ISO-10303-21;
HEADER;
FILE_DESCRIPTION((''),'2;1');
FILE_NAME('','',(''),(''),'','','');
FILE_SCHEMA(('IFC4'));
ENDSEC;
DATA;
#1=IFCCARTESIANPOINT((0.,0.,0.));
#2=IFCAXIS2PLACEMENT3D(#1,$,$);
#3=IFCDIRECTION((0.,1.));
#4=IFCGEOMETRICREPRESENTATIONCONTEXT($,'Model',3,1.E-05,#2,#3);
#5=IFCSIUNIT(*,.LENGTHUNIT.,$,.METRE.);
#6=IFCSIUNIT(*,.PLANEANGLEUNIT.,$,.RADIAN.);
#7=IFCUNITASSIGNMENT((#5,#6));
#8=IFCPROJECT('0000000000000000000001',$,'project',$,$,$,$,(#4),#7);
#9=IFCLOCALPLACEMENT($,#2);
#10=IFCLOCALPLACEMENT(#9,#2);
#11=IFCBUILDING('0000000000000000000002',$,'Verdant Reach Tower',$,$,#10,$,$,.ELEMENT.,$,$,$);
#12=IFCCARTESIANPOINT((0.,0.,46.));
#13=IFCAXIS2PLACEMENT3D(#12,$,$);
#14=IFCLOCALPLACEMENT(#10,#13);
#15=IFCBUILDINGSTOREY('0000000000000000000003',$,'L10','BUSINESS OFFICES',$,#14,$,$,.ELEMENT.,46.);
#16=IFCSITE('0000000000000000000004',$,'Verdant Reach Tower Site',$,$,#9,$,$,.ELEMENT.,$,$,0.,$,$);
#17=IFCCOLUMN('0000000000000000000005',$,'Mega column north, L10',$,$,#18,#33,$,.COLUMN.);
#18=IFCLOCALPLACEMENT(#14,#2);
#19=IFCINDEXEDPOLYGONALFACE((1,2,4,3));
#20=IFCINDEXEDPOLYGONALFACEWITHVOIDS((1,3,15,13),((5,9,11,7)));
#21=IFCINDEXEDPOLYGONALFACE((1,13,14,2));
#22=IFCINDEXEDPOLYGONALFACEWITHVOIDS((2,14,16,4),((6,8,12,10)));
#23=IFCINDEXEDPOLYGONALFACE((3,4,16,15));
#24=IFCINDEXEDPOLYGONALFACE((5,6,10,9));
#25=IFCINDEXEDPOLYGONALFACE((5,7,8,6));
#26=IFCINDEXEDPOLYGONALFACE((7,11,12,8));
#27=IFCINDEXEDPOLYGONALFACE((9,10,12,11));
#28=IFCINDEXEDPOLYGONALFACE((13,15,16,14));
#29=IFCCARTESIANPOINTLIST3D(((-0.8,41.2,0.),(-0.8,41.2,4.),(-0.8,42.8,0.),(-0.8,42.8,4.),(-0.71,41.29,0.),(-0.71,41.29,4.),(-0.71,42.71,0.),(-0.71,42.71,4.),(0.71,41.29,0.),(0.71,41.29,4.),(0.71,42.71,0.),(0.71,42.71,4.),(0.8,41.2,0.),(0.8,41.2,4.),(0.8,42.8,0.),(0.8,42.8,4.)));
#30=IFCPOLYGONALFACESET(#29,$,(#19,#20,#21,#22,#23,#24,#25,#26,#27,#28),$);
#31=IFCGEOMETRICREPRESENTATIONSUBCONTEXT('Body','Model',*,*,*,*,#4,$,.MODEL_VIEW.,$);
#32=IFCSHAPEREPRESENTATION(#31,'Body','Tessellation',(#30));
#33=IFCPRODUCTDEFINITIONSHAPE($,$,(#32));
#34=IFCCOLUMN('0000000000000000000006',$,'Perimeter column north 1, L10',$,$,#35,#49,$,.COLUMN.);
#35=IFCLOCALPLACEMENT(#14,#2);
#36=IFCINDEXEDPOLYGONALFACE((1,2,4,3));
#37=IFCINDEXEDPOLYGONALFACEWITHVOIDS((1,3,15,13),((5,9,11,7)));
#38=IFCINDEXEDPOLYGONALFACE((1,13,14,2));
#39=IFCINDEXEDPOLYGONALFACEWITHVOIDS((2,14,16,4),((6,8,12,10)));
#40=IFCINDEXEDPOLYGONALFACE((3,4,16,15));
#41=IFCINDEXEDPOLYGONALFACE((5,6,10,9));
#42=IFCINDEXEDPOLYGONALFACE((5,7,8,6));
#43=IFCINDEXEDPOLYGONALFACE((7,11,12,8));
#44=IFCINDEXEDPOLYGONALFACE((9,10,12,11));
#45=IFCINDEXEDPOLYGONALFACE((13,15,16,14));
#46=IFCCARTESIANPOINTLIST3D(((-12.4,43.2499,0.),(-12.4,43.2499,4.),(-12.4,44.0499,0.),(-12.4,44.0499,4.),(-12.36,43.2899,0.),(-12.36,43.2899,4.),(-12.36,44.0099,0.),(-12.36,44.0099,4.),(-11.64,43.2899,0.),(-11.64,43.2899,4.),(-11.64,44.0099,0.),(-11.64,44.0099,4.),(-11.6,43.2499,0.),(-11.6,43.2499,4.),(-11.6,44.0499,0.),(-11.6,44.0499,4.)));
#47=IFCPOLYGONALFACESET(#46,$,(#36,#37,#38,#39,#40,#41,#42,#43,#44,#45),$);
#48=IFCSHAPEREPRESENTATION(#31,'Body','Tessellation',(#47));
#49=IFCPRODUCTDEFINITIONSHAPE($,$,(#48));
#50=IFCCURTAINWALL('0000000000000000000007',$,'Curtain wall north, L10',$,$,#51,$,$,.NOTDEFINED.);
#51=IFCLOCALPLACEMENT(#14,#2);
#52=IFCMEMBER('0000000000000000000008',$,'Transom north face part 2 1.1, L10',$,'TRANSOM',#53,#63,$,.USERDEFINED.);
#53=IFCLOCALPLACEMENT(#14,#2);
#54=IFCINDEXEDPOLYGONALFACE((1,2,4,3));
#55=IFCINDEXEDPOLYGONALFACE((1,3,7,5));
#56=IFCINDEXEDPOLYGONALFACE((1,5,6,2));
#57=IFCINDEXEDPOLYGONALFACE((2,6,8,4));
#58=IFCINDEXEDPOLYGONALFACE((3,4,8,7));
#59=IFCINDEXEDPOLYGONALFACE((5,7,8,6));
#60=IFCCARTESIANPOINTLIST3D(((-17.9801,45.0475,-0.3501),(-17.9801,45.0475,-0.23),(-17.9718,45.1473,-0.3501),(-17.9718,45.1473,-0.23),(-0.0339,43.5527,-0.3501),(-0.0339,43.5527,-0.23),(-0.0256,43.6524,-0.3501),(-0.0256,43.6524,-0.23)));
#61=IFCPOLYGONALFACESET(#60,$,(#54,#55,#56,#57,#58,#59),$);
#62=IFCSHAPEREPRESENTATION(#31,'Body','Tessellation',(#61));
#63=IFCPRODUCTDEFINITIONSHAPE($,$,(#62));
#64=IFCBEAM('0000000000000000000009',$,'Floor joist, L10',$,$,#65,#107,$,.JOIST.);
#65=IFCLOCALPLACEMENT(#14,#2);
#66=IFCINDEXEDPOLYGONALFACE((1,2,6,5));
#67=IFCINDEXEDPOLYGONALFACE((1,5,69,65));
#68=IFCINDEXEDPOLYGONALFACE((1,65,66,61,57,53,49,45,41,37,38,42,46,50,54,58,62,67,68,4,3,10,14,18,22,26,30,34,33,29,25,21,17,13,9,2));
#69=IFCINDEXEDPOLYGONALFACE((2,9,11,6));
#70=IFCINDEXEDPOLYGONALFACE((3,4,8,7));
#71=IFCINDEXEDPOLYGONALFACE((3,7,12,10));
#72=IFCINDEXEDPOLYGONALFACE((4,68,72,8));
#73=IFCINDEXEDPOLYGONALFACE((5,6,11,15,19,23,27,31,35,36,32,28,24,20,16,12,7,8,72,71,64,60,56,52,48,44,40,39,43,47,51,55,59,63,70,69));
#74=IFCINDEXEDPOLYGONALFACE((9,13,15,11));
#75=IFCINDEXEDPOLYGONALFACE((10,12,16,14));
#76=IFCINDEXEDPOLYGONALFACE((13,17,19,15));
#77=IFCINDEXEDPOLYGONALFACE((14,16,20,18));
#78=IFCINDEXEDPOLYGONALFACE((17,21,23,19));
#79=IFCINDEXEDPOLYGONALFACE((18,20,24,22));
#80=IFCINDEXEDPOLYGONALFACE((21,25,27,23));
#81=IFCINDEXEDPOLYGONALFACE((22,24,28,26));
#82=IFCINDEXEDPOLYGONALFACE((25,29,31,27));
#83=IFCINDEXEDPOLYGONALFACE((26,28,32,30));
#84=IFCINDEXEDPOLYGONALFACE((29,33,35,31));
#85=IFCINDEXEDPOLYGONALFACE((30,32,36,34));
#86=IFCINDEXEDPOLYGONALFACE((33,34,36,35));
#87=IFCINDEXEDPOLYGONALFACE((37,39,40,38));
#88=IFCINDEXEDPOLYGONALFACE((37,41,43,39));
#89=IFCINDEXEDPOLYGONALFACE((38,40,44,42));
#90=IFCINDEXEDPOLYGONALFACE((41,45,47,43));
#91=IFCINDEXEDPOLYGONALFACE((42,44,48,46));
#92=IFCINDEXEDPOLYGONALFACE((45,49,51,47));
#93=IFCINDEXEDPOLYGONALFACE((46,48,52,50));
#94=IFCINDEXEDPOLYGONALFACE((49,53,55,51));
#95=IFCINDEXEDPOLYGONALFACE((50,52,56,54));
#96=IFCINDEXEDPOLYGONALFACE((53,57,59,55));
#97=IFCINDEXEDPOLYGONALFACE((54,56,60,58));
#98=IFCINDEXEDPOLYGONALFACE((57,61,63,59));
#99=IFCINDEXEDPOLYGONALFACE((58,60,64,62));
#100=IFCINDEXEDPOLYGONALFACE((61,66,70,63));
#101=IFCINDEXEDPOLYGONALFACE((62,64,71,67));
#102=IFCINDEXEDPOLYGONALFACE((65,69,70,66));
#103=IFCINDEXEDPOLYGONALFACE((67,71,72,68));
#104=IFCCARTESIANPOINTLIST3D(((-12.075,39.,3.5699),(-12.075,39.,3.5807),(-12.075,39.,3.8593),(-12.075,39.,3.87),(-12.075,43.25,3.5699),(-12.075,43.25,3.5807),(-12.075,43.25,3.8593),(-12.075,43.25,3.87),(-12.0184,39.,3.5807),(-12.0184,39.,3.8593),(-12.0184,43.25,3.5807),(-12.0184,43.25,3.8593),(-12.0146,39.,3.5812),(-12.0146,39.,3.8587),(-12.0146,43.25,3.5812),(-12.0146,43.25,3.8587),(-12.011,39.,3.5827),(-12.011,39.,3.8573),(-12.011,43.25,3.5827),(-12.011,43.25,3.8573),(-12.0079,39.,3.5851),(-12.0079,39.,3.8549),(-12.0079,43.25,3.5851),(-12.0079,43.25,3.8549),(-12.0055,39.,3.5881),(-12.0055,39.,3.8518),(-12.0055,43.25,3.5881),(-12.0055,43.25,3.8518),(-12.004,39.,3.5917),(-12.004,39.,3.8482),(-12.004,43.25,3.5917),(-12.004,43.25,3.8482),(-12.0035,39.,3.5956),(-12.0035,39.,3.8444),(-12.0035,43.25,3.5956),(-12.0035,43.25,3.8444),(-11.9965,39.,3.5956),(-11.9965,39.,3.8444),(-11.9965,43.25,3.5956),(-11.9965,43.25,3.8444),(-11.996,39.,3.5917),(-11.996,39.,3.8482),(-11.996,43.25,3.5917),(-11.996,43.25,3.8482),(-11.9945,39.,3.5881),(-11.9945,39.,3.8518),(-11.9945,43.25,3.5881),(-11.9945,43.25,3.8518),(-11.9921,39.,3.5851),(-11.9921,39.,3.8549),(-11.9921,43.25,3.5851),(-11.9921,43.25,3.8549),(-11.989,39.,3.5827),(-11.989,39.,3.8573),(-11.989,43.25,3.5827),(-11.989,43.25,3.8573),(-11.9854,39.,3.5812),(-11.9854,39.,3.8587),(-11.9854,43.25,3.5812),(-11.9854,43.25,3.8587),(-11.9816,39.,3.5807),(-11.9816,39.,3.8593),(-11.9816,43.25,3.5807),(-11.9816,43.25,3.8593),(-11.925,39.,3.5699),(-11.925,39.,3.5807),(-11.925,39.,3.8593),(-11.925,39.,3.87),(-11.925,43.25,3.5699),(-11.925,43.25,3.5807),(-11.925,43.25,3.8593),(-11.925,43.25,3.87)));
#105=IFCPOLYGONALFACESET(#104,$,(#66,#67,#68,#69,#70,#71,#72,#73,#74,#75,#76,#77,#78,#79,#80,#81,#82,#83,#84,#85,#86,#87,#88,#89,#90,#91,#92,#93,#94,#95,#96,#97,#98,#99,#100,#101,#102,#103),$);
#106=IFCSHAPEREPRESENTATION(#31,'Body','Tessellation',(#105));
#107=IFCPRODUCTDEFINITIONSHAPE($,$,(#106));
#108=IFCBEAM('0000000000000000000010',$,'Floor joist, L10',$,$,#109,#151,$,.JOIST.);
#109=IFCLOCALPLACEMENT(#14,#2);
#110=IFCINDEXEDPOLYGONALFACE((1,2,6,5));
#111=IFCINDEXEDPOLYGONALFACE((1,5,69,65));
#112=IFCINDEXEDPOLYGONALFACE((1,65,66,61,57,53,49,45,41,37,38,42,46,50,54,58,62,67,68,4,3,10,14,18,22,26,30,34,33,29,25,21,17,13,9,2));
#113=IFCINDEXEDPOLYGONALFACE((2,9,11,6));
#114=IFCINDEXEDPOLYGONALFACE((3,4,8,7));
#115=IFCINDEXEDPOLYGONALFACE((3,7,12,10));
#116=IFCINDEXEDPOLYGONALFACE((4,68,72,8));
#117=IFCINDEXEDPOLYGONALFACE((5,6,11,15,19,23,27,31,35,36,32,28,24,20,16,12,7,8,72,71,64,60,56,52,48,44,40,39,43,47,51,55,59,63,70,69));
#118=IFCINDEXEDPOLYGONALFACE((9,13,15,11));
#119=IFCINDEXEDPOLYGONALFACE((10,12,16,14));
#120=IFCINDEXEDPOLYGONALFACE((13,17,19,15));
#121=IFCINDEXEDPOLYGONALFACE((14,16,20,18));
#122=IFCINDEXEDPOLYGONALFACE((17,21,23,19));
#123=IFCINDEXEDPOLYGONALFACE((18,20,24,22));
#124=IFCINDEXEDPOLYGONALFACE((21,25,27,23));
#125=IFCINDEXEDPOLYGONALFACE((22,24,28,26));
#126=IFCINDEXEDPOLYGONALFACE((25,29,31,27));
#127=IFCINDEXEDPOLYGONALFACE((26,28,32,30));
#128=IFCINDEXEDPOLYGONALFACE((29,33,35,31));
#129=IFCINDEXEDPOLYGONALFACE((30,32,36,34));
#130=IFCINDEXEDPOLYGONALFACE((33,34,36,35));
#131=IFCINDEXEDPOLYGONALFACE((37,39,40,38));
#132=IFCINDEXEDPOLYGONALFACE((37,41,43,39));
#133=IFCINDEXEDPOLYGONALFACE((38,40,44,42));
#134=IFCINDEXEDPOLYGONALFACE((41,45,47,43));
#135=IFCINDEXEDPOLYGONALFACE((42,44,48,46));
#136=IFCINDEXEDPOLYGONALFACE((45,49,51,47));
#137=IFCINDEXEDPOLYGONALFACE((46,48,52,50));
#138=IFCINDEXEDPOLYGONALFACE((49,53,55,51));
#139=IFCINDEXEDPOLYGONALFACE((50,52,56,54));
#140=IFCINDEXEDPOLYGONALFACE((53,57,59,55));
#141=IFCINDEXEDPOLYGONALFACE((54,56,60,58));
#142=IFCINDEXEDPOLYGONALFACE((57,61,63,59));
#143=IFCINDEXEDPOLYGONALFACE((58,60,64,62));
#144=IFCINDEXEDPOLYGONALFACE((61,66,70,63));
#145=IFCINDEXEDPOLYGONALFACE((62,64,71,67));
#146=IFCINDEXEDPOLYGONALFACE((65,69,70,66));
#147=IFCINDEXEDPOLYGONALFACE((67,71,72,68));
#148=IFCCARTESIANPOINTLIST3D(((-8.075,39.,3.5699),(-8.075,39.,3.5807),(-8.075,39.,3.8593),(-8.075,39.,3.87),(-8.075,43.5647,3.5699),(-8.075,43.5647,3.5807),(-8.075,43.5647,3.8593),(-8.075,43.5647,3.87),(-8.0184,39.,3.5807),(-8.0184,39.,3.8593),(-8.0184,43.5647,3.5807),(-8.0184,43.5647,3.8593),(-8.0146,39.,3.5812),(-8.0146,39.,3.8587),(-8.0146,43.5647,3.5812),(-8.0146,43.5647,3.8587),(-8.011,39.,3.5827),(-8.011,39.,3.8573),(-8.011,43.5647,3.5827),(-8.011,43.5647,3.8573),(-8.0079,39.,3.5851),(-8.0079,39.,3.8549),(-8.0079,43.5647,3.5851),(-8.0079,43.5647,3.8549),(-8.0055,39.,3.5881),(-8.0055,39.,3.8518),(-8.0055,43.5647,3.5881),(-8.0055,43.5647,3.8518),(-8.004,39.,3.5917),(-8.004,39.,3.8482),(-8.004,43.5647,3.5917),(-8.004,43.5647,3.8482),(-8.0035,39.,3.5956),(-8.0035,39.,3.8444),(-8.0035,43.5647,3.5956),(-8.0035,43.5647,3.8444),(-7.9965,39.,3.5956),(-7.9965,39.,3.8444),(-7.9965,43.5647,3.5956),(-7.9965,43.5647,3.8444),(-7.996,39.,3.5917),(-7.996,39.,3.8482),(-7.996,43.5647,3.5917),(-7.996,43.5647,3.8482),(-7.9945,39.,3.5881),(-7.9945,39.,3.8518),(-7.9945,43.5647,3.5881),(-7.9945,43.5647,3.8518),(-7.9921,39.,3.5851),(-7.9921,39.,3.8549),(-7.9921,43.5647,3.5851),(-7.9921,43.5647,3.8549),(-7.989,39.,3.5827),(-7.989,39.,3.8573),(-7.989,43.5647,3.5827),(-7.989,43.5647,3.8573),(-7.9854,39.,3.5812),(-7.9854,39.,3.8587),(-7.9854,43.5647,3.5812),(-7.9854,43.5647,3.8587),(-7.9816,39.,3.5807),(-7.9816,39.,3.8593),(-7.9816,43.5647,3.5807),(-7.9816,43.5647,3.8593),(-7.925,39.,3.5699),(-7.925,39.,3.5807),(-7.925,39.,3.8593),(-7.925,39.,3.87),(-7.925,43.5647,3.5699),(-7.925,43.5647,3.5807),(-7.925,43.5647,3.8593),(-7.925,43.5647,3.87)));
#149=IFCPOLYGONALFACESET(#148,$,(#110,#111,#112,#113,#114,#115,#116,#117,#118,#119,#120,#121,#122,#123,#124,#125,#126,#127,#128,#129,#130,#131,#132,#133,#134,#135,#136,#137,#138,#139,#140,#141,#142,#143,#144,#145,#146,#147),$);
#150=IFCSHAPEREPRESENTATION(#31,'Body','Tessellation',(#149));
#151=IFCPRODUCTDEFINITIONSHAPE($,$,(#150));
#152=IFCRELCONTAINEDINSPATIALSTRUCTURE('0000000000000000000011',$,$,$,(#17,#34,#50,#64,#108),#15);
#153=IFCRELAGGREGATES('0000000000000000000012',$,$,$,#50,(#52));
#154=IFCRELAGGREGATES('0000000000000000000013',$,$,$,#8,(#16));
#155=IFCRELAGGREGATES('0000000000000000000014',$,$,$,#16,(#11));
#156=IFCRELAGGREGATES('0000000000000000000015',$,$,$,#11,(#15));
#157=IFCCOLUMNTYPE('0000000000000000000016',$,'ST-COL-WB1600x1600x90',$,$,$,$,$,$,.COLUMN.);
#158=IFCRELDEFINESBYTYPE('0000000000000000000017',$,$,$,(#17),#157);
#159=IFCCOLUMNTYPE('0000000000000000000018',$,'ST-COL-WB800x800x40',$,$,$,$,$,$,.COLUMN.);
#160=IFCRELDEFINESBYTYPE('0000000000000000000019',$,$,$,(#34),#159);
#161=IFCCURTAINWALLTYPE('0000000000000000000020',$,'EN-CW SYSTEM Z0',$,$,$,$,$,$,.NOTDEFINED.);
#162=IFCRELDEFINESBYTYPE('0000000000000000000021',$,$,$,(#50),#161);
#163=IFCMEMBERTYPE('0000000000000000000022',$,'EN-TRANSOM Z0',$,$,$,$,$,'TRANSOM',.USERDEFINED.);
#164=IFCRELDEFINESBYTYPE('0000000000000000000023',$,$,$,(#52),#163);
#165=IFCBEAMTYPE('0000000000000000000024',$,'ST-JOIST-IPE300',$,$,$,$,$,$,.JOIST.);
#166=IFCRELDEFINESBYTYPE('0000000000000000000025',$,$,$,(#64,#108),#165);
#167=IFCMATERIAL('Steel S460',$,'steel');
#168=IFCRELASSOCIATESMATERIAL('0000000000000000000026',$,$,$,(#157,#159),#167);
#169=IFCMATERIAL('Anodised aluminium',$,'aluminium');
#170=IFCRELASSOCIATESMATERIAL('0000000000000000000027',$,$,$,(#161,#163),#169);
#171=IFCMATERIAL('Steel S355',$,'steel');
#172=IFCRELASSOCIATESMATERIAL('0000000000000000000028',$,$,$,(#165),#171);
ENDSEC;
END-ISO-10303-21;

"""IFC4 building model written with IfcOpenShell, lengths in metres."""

from ifc_helpers import new_model, si_unit, direction, frame, origin, origin_2d, place, context, subcontext, project, spatial, rectangle, hollow_rectangle, i_section, extrude, material, material_profile, profile_set, type_object, element, aggregate, save


model = new_model("IFC4")

# Units and contexts
model_context = context("Model", 3, precision=1e-05, world=origin(), true_north=direction((0.0, 1.0)))
body_context = subcontext(model_context, "Body", "Model", "MODEL_VIEW")
ifc_project = project(units=[si_unit("LENGTHUNIT", "METRE"), si_unit("PLANEANGLEUNIT", "RADIAN")], contexts=[model_context])

# Site, building, storey
site_placement = place(None, origin())
site = spatial("IfcSite", under=ifc_project, at=site_placement, Name="Verdant Reach Tower Site", CompositionType="ELEMENT", RefElevation=0.0)
building_placement = place(site_placement, origin())
building = spatial("IfcBuilding", under=site, at=building_placement, Name="Verdant Reach Tower", CompositionType="ELEMENT")
storey_placement = place(building_placement, frame((0.0, 0.0, 46.0)))
storey = spatial("IfcBuildingStorey", under=building, at=storey_placement, Name="L10", Description="BUSINESS OFFICES", CompositionType="ELEMENT", Elevation=46.0)

# Columns
ifc_material_1 = material(Name="Steel S460", Category="steel")
ifc_material_profile_1 = material_profile(ifc_material_1, hollow_rectangle(XDim=1.6001, YDim=1.6001, WallThickness=0.0901, at=origin_2d()), Name="WB 1600x1600x90")
ifc_profile_set_1 = profile_set([ifc_material_profile_1], Name="Steel S460")
column_type_1 = type_object("IfcColumnType", Name="ST-COL-WB1600x1600x90", PredefinedType="COLUMN", material=ifc_profile_set_1)
column_1_placement = place(storey_placement, frame((0.0, 42.0, 0.0), z_axis=(0.0, 0.0, 1.0), x_axis=(1.0, 0.0, 0.0)))
element("IfcColumn", 1, at=column_1_placement, inside=storey, type_object=column_type_1, Name="Mega column north, L10", PredefinedType="COLUMN", context=body_context, shape_type="SweptSolid", body=[
    extrude(hollow_rectangle(XDim=1.6001, YDim=1.6001, WallThickness=0.0901, at=origin_2d()), origin(), (0.0, 0.0, 1.0), 4.0),
])
ifc_material_profile_2 = material_profile(ifc_material_1, hollow_rectangle(XDim=0.8, YDim=0.8, WallThickness=0.04, at=origin_2d()), Name="WB 800x800x40")
ifc_profile_set_2 = profile_set([ifc_material_profile_2], Name="Steel S460")
column_type_2 = type_object("IfcColumnType", Name="ST-COL-WB800x800x40", PredefinedType="COLUMN", material=ifc_profile_set_2)
column_2_placement = place(storey_placement, frame((-12.0, 43.6499, 0.0), z_axis=(0.0, 0.0, 1.0), x_axis=(1.0, 0.0, 0.0)))
element("IfcColumn", 2, at=column_2_placement, inside=storey, type_object=column_type_2, Name="Perimeter column north 1, L10", PredefinedType="COLUMN", context=body_context, shape_type="SweptSolid", body=[
    extrude(hollow_rectangle(XDim=0.8, YDim=0.8, WallThickness=0.04, at=origin_2d()), origin(), (0.0, 0.0, 1.0), 4.0),
])

# Curtain wall, member
ifc_material_2 = material(Name="Anodised aluminium", Category="aluminium")
curtain_wall_type = type_object("IfcCurtainWallType", Name="EN-CW SYSTEM Z0", PredefinedType="NOTDEFINED", material=ifc_material_2)
curtain_wall_placement = place(storey_placement, origin())
curtain_wall = element("IfcCurtainWall", 3, at=curtain_wall_placement, inside=storey, type_object=curtain_wall_type, Name="Curtain wall north, L10", PredefinedType="NOTDEFINED")
ifc_material_profile_3 = material_profile(ifc_material_2, rectangle(XDim=0.1001, YDim=0.1201, at=origin_2d()), Name="Transom 120x100")
ifc_profile_set_3 = profile_set([ifc_material_profile_3], Name="Anodised aluminium")
member_type = type_object("IfcMemberType", Name="EN-TRANSOM Z0", ElementType="TRANSOM", PredefinedType="USERDEFINED", material=ifc_profile_set_3)
member_placement = place(storey_placement, frame((-0.0298, 43.6025, -0.29), z_axis=(-0.996549, 0.083011, 0.0), x_axis=(-0.083011, -0.996549, 0.0)))
member = element("IfcMember", 4, at=member_placement, type_object=member_type, Name="Transom north face part 2 1.1, L10", ObjectType="TRANSOM", PredefinedType="USERDEFINED", context=body_context, shape_type="SweptSolid", body=[
    extrude(rectangle(XDim=0.1001, YDim=0.1201, at=origin_2d()), origin(), (0.0, 0.0, 1.0), 18.0083),
])

# Beams
ifc_material_3 = material(Name="Steel S355", Category="steel")
ifc_material_profile_4 = material_profile(ifc_material_3, i_section(OverallWidth=0.1499, OverallDepth=0.3, WebThickness=0.0071, FlangeThickness=0.0107, FilletRadius=0.0149, at=origin_2d()), Name="IPE 300")
ifc_profile_set_4 = profile_set([ifc_material_profile_4], Name="Steel S355")
beam_type_1 = type_object("IfcBeamType", Name="ST-JOIST-IPE300", PredefinedType="JOIST", material=ifc_profile_set_4)
beam_1_placement = place(storey_placement, frame((-12.0, 39.0, 3.72), z_axis=(0.0, 1.0, 0.0), x_axis=(-1.0, 0.0, 0.0)))
element("IfcBeam", 5, at=beam_1_placement, inside=storey, type_object=beam_type_1, Name="Floor joist, L10", PredefinedType="JOIST", context=body_context, shape_type="SweptSolid", body=[
    extrude(i_section(OverallWidth=0.1499, OverallDepth=0.3, WebThickness=0.0071, FlangeThickness=0.0107, FilletRadius=0.0149, at=origin_2d()), origin(), (0.0, 0.0, 1.0), 4.25),
])
beam_2_placement = place(storey_placement, frame((-8.0, 39.0, 3.72), z_axis=(0.0, 1.0, 0.0), x_axis=(-1.0, 0.0, 0.0)))
element("IfcBeam", 6, at=beam_2_placement, inside=storey, type_object=beam_type_1, Name="Floor joist, L10", PredefinedType="JOIST", context=body_context, shape_type="SweptSolid", body=[
    extrude(i_section(OverallWidth=0.1499, OverallDepth=0.3, WebThickness=0.0071, FlangeThickness=0.0107, FilletRadius=0.0149, at=origin_2d()), origin(), (0.0, 0.0, 1.0), 4.5647),
])

aggregate(curtain_wall, [member])

save(model, "model.ifc")
